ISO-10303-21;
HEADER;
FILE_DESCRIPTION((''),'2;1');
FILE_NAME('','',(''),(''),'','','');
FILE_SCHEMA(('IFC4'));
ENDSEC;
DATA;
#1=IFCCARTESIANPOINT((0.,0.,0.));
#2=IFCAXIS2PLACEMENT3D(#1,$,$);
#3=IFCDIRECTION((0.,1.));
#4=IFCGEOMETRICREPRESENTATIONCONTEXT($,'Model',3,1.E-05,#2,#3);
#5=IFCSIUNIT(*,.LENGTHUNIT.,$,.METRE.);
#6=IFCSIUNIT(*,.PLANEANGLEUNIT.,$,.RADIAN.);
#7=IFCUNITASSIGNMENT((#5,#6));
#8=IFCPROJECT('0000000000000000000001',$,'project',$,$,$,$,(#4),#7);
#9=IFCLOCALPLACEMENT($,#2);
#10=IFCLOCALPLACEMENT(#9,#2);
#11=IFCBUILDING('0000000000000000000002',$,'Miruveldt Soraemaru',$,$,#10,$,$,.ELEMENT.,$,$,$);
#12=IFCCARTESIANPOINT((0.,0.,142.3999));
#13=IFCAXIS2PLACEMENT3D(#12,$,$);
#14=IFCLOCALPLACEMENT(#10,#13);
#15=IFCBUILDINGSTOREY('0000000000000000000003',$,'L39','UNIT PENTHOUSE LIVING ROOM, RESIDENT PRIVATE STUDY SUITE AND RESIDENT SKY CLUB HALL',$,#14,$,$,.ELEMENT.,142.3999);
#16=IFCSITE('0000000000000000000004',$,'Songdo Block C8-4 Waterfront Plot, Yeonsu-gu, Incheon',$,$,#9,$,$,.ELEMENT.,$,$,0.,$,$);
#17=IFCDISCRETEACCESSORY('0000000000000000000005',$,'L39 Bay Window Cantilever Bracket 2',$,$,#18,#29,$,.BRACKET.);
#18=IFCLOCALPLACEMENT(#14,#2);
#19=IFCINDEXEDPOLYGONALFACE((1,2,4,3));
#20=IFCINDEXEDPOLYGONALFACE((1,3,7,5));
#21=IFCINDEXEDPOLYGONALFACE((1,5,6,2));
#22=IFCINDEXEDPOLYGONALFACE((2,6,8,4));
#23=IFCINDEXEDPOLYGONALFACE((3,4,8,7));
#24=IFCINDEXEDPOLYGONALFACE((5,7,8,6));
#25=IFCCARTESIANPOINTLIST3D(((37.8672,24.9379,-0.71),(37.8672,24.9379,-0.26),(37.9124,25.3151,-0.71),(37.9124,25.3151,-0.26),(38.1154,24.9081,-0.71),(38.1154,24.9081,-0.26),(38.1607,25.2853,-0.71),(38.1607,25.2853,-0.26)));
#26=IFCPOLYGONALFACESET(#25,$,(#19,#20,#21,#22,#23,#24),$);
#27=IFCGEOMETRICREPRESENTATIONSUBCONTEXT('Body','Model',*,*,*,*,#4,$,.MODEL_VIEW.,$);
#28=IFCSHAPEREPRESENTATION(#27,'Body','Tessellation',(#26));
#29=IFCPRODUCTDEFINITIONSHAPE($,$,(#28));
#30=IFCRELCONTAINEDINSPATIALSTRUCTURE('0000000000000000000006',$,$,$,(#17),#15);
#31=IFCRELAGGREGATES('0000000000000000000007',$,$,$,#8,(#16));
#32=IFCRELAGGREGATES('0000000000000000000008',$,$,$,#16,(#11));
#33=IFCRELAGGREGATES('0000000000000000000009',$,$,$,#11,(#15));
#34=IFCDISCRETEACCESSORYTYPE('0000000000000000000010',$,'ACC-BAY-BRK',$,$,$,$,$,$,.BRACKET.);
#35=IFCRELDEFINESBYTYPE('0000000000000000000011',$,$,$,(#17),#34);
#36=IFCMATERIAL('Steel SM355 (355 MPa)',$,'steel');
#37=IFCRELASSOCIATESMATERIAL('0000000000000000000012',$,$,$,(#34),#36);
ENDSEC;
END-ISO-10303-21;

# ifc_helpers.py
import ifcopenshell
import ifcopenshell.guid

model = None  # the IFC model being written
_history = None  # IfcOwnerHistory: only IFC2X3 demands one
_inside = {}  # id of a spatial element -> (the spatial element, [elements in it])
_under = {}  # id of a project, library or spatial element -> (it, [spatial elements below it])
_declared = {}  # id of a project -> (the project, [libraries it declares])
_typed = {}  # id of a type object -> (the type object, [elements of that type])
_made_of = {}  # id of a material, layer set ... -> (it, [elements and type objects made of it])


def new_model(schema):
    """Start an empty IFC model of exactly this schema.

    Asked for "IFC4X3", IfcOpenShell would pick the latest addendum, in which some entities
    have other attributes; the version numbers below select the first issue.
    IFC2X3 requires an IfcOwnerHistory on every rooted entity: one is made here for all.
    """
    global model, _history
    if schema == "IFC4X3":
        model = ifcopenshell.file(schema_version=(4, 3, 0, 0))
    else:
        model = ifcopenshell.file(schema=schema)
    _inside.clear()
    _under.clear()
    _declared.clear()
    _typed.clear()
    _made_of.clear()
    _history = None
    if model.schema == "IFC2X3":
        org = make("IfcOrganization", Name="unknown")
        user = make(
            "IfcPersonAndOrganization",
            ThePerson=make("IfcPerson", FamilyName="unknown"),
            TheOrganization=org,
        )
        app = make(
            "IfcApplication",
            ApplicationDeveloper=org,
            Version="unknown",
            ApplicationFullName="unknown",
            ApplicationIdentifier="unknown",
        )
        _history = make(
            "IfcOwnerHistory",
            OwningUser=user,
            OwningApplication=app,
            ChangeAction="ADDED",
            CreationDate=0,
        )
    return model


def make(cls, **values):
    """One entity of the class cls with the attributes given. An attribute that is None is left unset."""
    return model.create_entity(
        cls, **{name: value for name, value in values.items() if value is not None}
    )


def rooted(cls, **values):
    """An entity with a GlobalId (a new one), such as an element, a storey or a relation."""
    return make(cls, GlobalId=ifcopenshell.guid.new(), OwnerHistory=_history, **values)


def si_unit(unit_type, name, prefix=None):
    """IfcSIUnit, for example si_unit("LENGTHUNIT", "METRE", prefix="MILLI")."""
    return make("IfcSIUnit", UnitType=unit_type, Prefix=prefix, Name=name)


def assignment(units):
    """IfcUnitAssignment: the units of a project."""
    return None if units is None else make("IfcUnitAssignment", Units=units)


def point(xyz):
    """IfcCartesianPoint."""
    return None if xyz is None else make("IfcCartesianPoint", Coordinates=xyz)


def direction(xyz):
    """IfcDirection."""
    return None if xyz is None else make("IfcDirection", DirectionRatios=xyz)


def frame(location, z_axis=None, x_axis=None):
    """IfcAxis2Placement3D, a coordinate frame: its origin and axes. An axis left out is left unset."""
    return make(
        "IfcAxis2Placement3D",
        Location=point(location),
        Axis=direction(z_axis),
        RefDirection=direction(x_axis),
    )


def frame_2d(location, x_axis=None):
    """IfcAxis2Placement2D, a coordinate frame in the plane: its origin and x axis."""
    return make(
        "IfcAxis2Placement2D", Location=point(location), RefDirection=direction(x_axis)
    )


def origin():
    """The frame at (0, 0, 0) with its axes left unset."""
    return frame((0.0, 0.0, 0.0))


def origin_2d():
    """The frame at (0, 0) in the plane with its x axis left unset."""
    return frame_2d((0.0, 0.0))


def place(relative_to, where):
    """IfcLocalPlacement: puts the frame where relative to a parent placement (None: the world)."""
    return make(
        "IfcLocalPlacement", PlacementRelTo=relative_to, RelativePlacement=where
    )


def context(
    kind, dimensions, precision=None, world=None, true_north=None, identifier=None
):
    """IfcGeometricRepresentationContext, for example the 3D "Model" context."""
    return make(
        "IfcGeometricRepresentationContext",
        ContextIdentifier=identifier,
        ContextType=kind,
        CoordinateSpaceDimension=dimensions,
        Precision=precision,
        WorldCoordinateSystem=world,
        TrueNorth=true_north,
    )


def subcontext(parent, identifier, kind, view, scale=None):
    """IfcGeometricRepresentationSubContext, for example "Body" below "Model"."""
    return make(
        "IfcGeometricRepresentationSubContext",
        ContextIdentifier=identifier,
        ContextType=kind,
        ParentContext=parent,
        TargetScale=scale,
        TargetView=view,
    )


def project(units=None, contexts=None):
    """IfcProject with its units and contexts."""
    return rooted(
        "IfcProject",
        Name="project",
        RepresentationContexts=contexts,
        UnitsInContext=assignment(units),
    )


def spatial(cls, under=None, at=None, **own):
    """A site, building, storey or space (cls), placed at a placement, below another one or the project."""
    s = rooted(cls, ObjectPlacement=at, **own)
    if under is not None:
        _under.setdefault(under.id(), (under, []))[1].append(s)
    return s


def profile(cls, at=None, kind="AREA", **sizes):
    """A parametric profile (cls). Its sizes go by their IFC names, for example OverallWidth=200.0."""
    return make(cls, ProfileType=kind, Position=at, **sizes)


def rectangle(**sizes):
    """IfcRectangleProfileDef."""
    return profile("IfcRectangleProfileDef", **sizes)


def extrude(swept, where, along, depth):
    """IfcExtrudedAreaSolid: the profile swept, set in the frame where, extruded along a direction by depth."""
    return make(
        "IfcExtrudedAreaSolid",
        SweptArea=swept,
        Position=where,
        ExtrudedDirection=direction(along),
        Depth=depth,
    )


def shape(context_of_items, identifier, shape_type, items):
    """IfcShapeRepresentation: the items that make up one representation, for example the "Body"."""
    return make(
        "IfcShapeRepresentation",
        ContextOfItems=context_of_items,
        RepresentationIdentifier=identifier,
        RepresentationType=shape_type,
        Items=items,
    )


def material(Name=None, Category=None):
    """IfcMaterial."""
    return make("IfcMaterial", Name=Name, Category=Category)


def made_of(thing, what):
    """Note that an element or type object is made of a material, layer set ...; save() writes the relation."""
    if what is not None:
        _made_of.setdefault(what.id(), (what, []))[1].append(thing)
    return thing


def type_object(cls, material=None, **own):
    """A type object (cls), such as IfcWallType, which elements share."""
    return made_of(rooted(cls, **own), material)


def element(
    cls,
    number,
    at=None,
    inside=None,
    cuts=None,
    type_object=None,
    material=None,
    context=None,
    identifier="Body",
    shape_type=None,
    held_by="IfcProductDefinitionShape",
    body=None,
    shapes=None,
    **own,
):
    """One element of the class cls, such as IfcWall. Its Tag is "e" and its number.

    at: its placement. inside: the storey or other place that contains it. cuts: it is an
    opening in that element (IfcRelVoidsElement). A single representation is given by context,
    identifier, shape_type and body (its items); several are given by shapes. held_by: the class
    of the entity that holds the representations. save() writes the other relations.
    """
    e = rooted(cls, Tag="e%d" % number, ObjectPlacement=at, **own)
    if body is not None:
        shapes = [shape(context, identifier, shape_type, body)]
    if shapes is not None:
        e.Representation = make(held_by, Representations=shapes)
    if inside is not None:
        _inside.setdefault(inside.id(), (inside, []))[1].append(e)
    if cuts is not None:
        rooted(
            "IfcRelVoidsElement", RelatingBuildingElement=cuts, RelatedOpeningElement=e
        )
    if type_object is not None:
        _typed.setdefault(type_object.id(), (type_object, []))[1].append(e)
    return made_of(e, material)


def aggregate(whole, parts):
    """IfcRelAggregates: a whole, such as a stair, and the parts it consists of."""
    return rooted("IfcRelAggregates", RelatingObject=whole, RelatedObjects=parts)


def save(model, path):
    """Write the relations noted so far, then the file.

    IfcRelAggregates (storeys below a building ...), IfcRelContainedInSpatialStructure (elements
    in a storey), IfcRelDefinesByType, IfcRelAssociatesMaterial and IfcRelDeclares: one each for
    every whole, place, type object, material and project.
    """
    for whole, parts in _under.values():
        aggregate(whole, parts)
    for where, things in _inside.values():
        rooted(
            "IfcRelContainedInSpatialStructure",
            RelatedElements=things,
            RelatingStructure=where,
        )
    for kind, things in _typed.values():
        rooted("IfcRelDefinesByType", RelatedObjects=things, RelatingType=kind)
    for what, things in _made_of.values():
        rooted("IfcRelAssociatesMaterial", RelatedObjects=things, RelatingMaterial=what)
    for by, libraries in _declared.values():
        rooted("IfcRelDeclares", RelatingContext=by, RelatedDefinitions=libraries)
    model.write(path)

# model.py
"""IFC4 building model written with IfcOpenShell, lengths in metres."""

from ifc_helpers import new_model, si_unit, direction, frame, origin, origin_2d, place, context, subcontext, project, spatial, rectangle, extrude, material, type_object, element, save


model = new_model("IFC4")

# Units and contexts
model_context = context("Model", 3, precision=1e-05, world=origin(), true_north=direction((0.0, 1.0)))
body_context = subcontext(model_context, "Body", "Model", "MODEL_VIEW")
ifc_project = project(units=[si_unit("LENGTHUNIT", "METRE"), si_unit("PLANEANGLEUNIT", "RADIAN")], contexts=[model_context])

# Site, building, storey
site_placement = place(None, origin())
site = spatial("IfcSite", under=ifc_project, at=site_placement, Name="Songdo Block C8-4 Waterfront Plot, Yeonsu-gu, Incheon", CompositionType="ELEMENT", RefElevation=0.0)
building_placement = place(site_placement, origin())
building = spatial("IfcBuilding", under=site, at=building_placement, Name="Miruveldt Soraemaru", CompositionType="ELEMENT")
storey_placement = place(building_placement, frame((0.0, 0.0, 142.3999)))
storey = spatial("IfcBuildingStorey", under=building, at=storey_placement, Name="L39", Description="UNIT PENTHOUSE LIVING ROOM, RESIDENT PRIVATE STUDY SUITE AND RESIDENT SKY CLUB HALL", CompositionType="ELEMENT", Elevation=142.3999)

# Discrete accessory
ifc_material_1 = material(Name="Steel SM355 (355 MPa)", Category="steel")
discrete_accessory_type = type_object("IfcDiscreteAccessoryType", Name="ACC-BAY-BRK", PredefinedType="BRACKET", material=ifc_material_1)
discrete_accessory_placement = place(storey_placement, frame((38.0139, 25.1116, -0.71), z_axis=(0.0, 0.0, 1.0), x_axis=(-0.119132, -0.992878, 0.0)))
element("IfcDiscreteAccessory", 1, at=discrete_accessory_placement, inside=storey, type_object=discrete_accessory_type, Name="L39 Bay Window Cantilever Bracket 2", PredefinedType="BRACKET", context=body_context, shape_type="SweptSolid", body=[
    extrude(rectangle(XDim=0.3799, YDim=0.25, at=origin_2d()), origin(), (0.0, 0.0, 1.0), 0.45),
])

save(model, "model.ifc")
